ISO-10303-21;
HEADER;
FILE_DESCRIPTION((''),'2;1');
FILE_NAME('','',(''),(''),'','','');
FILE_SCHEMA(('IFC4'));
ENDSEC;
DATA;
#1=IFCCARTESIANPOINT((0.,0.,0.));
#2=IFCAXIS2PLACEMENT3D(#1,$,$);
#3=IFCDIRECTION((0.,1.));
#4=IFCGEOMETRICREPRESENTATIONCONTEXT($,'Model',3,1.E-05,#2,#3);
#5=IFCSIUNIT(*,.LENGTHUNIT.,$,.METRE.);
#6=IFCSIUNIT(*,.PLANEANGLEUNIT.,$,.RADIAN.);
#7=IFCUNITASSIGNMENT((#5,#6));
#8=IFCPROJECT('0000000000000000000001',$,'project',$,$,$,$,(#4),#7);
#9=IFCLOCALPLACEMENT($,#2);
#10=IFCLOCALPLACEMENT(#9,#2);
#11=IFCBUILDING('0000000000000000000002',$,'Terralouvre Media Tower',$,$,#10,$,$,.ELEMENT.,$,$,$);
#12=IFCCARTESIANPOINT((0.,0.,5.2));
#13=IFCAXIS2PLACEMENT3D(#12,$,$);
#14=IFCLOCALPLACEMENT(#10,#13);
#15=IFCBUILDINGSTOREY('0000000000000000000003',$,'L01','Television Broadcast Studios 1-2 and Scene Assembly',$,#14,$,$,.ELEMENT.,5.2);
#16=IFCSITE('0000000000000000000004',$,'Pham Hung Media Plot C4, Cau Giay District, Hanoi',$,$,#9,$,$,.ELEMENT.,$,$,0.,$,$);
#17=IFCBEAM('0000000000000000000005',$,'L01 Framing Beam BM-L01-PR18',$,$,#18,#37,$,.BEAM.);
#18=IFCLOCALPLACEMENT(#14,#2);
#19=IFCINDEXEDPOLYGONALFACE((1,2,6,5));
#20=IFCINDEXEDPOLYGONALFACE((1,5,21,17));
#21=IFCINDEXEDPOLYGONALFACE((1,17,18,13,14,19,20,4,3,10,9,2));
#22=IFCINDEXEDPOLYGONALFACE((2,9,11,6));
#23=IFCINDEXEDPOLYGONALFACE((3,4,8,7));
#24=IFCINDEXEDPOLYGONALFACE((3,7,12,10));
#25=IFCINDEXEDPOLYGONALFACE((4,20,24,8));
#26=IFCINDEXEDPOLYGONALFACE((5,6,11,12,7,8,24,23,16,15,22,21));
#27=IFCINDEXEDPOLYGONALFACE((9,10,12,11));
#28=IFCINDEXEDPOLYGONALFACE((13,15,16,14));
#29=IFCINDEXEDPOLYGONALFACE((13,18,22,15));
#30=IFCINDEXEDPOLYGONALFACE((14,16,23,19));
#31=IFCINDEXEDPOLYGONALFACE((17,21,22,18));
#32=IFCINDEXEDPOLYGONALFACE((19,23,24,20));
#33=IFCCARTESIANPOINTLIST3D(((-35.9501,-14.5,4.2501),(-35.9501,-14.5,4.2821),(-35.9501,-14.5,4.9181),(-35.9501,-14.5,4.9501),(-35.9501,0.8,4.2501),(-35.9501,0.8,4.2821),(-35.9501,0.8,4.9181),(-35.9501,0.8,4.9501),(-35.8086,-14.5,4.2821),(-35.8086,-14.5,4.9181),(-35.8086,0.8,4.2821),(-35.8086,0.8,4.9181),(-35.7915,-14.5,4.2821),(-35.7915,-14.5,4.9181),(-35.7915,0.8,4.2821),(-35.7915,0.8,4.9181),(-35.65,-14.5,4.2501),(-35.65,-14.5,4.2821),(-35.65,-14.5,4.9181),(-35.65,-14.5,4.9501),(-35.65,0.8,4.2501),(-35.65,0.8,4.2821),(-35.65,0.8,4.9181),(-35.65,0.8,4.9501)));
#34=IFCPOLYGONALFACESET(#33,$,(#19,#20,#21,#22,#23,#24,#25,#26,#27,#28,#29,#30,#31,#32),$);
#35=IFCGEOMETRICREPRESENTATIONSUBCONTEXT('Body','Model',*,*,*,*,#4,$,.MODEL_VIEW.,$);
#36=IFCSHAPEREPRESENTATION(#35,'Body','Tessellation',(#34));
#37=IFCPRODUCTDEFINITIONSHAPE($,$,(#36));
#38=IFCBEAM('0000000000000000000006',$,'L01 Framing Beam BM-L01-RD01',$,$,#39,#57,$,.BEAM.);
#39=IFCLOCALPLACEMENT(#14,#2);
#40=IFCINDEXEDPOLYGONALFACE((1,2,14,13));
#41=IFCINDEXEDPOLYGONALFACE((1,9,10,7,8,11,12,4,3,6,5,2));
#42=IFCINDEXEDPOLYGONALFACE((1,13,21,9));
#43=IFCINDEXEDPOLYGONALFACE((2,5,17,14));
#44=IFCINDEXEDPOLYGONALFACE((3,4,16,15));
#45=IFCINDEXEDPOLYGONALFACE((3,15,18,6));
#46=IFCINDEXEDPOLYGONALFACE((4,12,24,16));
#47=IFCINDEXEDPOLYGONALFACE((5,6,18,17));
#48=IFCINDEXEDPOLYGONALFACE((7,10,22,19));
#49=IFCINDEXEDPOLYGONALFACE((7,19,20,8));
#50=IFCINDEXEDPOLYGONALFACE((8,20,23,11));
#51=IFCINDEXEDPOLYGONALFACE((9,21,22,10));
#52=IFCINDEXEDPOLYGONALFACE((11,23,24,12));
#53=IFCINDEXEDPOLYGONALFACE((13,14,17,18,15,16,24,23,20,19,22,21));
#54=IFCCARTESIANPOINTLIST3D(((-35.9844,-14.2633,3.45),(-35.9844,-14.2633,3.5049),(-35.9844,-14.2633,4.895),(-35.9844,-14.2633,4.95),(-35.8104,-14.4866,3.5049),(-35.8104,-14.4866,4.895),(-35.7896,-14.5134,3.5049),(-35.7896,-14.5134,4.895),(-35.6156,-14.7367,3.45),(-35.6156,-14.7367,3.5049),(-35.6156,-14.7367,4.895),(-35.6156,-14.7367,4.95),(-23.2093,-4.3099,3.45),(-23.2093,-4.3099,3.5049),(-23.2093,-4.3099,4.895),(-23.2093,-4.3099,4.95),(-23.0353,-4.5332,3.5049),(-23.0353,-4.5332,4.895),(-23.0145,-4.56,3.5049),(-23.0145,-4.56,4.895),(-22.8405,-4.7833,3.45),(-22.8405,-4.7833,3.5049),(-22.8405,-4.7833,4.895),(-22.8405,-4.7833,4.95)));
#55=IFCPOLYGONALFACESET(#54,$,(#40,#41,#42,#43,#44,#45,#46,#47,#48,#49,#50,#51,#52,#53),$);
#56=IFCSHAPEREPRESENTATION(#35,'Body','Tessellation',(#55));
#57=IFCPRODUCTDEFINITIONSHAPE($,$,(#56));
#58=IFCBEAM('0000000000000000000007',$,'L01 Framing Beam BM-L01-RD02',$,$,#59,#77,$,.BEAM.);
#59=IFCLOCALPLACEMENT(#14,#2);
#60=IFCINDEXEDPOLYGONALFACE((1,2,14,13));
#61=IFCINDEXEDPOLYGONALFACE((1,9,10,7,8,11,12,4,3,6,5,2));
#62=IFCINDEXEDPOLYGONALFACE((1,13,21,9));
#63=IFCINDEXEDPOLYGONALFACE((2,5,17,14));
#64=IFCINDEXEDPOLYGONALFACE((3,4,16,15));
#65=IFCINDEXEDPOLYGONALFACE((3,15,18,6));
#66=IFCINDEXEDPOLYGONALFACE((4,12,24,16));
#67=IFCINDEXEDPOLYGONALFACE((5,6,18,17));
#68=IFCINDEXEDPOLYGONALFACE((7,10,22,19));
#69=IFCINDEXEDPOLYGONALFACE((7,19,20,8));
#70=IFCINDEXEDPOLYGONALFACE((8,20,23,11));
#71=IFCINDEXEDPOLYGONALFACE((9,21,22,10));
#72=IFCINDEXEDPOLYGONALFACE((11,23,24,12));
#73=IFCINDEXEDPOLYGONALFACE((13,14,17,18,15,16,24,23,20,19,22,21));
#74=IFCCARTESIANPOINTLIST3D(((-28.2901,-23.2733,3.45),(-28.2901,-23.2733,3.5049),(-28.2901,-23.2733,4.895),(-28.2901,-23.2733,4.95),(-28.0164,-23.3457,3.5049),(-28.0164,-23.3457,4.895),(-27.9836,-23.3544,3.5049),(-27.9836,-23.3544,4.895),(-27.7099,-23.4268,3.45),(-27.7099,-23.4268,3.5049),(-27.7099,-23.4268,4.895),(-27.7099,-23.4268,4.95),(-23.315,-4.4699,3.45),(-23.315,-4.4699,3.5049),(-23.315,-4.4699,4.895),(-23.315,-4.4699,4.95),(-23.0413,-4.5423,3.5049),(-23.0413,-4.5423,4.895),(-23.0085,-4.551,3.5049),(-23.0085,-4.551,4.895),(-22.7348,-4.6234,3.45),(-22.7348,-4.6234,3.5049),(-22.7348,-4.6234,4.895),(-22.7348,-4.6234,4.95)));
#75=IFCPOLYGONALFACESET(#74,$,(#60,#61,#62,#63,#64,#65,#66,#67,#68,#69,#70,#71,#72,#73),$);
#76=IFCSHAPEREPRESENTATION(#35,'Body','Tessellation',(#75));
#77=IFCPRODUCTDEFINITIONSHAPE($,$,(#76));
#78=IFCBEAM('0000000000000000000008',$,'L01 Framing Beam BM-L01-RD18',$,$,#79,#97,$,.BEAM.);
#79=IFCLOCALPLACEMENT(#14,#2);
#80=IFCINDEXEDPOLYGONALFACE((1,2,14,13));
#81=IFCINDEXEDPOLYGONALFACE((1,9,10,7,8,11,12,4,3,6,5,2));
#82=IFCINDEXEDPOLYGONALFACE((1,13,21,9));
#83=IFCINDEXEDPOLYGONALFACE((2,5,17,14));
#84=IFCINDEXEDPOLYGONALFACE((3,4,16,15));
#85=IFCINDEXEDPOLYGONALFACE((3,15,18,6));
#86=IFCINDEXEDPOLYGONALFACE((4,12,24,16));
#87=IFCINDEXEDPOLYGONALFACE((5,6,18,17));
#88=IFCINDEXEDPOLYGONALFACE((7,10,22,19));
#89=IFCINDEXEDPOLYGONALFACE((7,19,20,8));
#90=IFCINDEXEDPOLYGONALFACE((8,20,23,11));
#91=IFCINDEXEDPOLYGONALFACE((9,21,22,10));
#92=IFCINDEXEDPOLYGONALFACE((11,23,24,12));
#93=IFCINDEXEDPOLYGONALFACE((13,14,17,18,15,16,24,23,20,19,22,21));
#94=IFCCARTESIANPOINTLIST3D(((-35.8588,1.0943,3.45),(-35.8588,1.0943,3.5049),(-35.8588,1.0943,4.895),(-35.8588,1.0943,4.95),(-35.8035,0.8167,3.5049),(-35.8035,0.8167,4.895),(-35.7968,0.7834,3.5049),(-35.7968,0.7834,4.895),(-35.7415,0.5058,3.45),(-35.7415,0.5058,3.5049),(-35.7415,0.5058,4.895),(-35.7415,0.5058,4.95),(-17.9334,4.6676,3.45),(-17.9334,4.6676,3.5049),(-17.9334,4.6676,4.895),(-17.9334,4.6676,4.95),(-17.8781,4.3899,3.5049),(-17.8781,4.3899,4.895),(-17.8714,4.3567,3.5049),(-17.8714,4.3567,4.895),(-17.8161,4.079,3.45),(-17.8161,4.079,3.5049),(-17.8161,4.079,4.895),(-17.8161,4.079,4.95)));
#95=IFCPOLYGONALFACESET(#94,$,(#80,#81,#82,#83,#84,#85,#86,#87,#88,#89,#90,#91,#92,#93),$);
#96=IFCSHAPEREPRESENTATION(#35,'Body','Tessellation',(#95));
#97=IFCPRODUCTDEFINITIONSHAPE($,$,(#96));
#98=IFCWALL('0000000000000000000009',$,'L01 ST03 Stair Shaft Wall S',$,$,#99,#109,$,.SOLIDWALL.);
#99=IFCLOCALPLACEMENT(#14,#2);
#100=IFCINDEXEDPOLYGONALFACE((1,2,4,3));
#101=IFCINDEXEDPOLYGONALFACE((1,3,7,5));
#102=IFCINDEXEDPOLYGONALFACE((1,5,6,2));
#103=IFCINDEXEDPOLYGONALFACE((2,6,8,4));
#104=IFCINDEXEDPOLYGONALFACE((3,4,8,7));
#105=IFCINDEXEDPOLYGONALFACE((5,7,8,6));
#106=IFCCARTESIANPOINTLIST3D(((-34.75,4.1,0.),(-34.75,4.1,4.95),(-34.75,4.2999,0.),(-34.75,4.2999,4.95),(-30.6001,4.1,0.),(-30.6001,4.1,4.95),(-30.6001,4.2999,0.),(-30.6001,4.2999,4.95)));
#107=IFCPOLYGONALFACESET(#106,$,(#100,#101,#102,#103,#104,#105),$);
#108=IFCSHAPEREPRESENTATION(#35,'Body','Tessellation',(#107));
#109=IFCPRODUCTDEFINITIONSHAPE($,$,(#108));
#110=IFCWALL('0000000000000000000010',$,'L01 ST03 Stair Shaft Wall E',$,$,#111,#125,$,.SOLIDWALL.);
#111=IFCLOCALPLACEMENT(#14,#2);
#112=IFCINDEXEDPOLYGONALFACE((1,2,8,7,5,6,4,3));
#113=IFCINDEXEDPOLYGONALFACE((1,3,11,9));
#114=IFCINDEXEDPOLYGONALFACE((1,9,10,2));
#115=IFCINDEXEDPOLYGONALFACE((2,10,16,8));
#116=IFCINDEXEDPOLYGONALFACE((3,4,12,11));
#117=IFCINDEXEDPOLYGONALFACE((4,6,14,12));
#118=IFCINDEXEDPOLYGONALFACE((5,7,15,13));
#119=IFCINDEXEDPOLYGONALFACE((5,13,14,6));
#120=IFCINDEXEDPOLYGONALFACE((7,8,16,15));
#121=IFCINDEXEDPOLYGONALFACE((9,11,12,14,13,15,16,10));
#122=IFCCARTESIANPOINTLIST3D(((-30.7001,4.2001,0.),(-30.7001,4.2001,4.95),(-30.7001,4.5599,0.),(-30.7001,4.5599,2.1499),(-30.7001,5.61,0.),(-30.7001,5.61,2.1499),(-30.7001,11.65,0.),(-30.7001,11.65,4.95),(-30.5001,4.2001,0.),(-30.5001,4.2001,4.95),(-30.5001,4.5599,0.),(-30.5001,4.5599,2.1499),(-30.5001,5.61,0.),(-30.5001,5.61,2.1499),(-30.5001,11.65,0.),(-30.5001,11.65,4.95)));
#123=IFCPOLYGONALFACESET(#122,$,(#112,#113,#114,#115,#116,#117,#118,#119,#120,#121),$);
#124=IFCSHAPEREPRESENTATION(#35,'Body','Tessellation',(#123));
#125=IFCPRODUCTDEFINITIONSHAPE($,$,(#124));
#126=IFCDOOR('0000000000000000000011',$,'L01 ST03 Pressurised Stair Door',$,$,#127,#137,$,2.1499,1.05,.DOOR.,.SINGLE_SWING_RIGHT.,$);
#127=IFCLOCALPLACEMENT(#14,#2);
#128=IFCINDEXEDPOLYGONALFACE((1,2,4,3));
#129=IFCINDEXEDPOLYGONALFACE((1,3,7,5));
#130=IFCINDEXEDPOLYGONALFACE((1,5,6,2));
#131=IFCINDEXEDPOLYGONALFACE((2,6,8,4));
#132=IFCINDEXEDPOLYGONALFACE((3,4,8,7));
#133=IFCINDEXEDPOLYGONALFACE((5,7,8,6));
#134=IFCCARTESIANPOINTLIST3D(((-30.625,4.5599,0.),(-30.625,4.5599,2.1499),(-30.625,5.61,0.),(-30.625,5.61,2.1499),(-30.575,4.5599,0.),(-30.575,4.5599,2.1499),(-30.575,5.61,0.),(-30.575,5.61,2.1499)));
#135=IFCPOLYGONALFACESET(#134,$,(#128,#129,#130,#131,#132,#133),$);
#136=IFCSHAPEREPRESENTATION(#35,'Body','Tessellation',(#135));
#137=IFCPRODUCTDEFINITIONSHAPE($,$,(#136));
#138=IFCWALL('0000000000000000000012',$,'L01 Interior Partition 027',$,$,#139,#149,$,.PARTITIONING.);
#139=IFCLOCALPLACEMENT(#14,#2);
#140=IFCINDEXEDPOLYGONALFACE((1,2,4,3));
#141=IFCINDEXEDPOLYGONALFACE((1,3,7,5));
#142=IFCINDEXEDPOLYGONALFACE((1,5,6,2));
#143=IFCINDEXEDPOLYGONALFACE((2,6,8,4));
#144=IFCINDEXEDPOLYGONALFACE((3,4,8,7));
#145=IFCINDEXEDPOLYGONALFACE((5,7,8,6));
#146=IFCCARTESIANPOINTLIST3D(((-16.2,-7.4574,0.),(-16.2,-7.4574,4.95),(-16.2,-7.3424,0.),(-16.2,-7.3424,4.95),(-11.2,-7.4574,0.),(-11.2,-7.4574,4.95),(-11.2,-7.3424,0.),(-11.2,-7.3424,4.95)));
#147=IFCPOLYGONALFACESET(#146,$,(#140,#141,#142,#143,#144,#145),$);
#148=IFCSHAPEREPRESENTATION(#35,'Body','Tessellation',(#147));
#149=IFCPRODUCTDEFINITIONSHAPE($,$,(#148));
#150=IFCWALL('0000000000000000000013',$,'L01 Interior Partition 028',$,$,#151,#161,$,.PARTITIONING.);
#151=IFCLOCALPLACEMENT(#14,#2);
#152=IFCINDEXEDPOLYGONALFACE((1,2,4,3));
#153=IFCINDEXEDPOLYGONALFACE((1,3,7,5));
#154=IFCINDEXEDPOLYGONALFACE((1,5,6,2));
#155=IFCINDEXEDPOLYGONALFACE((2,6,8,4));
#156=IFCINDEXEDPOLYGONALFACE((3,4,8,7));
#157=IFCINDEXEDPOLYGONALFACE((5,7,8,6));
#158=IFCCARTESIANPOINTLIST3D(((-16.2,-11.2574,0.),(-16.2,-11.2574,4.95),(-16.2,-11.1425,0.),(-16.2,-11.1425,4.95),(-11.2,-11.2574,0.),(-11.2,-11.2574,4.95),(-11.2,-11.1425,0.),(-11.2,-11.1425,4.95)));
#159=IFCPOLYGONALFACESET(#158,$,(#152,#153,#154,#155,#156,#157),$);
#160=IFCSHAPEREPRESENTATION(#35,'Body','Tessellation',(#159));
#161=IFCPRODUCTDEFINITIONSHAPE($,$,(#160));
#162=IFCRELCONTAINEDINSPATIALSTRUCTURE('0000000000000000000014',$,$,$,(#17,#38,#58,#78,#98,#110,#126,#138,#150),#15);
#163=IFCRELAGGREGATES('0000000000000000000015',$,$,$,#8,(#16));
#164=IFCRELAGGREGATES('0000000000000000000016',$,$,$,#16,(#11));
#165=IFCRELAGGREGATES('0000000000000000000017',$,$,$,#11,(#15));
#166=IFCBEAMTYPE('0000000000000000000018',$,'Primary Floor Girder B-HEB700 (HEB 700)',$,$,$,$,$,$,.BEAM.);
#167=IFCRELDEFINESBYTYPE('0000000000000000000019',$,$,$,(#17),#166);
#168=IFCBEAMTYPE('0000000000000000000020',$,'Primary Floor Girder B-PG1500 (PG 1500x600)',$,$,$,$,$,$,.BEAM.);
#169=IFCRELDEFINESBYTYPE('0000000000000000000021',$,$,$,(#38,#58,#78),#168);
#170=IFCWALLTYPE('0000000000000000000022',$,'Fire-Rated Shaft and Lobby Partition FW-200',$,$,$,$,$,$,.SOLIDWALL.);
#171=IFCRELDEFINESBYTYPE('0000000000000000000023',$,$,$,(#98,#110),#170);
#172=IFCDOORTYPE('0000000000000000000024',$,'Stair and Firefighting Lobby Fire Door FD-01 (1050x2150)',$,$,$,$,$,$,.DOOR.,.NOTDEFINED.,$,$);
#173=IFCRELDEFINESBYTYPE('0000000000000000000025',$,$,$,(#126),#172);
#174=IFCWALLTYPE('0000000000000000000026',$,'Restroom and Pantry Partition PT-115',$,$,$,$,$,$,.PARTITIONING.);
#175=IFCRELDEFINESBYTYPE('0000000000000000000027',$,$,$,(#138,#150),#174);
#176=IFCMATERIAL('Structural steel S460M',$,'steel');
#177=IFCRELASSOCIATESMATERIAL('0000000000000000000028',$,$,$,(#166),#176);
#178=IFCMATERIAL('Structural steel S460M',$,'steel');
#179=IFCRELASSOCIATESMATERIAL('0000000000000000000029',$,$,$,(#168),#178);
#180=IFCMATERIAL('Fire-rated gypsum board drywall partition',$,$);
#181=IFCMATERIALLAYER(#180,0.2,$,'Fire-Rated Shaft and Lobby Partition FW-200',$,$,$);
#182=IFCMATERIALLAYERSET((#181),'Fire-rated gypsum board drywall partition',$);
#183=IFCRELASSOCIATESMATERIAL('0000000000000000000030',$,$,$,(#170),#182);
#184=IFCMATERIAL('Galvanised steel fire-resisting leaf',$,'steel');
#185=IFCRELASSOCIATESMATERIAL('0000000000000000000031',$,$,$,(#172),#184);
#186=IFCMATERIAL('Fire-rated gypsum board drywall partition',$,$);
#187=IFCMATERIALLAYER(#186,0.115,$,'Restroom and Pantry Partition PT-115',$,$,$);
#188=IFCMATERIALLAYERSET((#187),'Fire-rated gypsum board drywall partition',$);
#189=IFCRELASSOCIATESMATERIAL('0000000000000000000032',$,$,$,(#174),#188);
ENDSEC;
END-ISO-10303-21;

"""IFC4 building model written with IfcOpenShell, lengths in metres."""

from ifc_helpers import new_model, si_unit, direction, frame, frame_2d, origin, origin_2d, place, context, subcontext, project, spatial, rectangle, i_section, extrude, material, layer, layer_set, material_profile, profile_set, type_object, element, fill, save


model = new_model("IFC4")

# Units and contexts
model_context = context("Model", 3, precision=1e-05, world=origin(), true_north=direction((0.0, 1.0)))
body_context = subcontext(model_context, "Body", "Model", "MODEL_VIEW")
ifc_project = project(units=[si_unit("LENGTHUNIT", "METRE"), si_unit("PLANEANGLEUNIT", "RADIAN")], contexts=[model_context])

# Site, building, storey
site_placement = place(None, origin())
site = spatial("IfcSite", under=ifc_project, at=site_placement, Name="Pham Hung Media Plot C4, Cau Giay District, Hanoi", CompositionType="ELEMENT", RefElevation=0.0)
building_placement = place(site_placement, origin())
building = spatial("IfcBuilding", under=site, at=building_placement, Name="Terralouvre Media Tower", CompositionType="ELEMENT")
storey_placement = place(building_placement, frame((0.0, 0.0, 5.2)))
storey = spatial("IfcBuildingStorey", under=building, at=storey_placement, Name="L01", Description="Television Broadcast Studios 1-2 and Scene Assembly", CompositionType="ELEMENT", Elevation=5.2)

# Beams
ifc_material_1 = material(Name="Structural steel S460M", Category="steel")
ifc_material_profile_1 = material_profile(ifc_material_1, i_section(OverallWidth=0.3, OverallDepth=0.7, WebThickness=0.0171, FlangeThickness=0.032, at=origin_2d()), Name="HEB 700")
ifc_profile_set_1 = profile_set([ifc_material_profile_1], Name="Structural steel S460M")
beam_type_1 = type_object("IfcBeamType", Name="Primary Floor Girder B-HEB700 (HEB 700)", PredefinedType="BEAM", material=ifc_profile_set_1)
beam_1_placement = place(storey_placement, frame((-35.8, 0.8, 4.6001), z_axis=(0.0, -1.0, 0.0), x_axis=(1.0, 0.0, 0.0)))
element("IfcBeam", 1, at=beam_1_placement, inside=storey, type_object=beam_type_1, Name="L01 Framing Beam BM-L01-PR18", PredefinedType="BEAM", context=body_context, shape_type="SweptSolid", body=[
    extrude(i_section(OverallWidth=0.3, OverallDepth=0.7, WebThickness=0.0171, FlangeThickness=0.032, at=origin_2d()), origin(), (0.0, 0.0, 1.0), 15.3),
])
ifc_material_2 = material(Name="Structural steel S460M", Category="steel")
ifc_material_profile_2 = material_profile(ifc_material_2, i_section(OverallWidth=0.6001, OverallDepth=1.5, WebThickness=0.0339, FlangeThickness=0.0549, at=origin_2d()), Name="PG 1500x600")
ifc_profile_set_2 = profile_set([ifc_material_profile_2], Name="Structural steel S460M")
beam_type_2 = type_object("IfcBeamType", Name="Primary Floor Girder B-PG1500 (PG 1500x600)", PredefinedType="BEAM", material=ifc_profile_set_2)
beam_2_placement = place(storey_placement, frame((-23.0249, -4.5466, 4.2), z_axis=(-0.788839, -0.6146, 0.0), x_axis=(0.6146, -0.788839, 0.0)))
element("IfcBeam", 2, at=beam_2_placement, inside=storey, type_object=beam_type_2, Name="L01 Framing Beam BM-L01-RD01", PredefinedType="BEAM", context=body_context, shape_type="SweptSolid", body=[
    extrude(i_section(OverallWidth=0.6001, OverallDepth=1.5, WebThickness=0.0339, FlangeThickness=0.0549, at=origin_2d()), origin(), (0.0, 0.0, 1.0), 16.1948),
])
beam_3_placement = place(storey_placement, frame((-23.0249, -4.5466, 4.2), z_axis=(-0.255783, -0.966734, 0.0), x_axis=(0.966734, -0.255783, 0.0)))
element("IfcBeam", 3, at=beam_3_placement, inside=storey, type_object=beam_type_2, Name="L01 Framing Beam BM-L01-RD02", PredefinedType="BEAM", context=body_context, shape_type="SweptSolid", body=[
    extrude(i_section(OverallWidth=0.6001, OverallDepth=1.5, WebThickness=0.0339, FlangeThickness=0.0549, at=origin_2d()), origin(), (0.0, 0.0, 1.0), 19.4504),
])
beam_4_placement = place(storey_placement, frame((-17.8748, 4.3733, 4.2), z_axis=(-0.980705, -0.195494, 0.0), x_axis=(0.195494, -0.980705, 0.0)))
element("IfcBeam", 4, at=beam_4_placement, inside=storey, type_object=beam_type_2, Name="L01 Framing Beam BM-L01-RD18", PredefinedType="BEAM", context=body_context, shape_type="SweptSolid", body=[
    extrude(i_section(OverallWidth=0.6001, OverallDepth=1.5, WebThickness=0.0339, FlangeThickness=0.0549, at=origin_2d()), origin(), (0.0, 0.0, 1.0), 18.2781),
])

# Wall
ifc_material_3 = material(Name="Fire-rated gypsum board drywall partition")
ifc_layer_1 = layer(ifc_material_3, 0.2, Name="Fire-Rated Shaft and Lobby Partition FW-200")
ifc_layer_set_1 = layer_set([ifc_layer_1], Name="Fire-rated gypsum board drywall partition")
wall_type_1 = type_object("IfcWallType", Name="Fire-Rated Shaft and Lobby Partition FW-200", PredefinedType="SOLIDWALL", material=ifc_layer_set_1)
wall_1_placement = place(storey_placement, frame((-34.75, 4.2, 0.0), z_axis=(0.0, 0.0, 1.0), x_axis=(1.0, 0.0, 0.0)))
element("IfcWall", 5, at=wall_1_placement, inside=storey, type_object=wall_type_1, Name="L01 ST03 Stair Shaft Wall S", PredefinedType="SOLIDWALL", context=body_context, shape_type="SweptSolid", body=[
    extrude(rectangle(XDim=4.1499, YDim=0.2, at=frame_2d((2.075, 0.0))), origin(), (0.0, 0.0, 1.0), 4.95),
])

# Wall, opening, door
wall_2_placement = place(storey_placement, frame((-30.6001, 4.2, 0.0), z_axis=(0.0, 0.0, 1.0), x_axis=(0.0, 1.0, 0.0)))
wall_2 = element("IfcWall", 6, at=wall_2_placement, inside=storey, type_object=wall_type_1, Name="L01 ST03 Stair Shaft Wall E", PredefinedType="SOLIDWALL", context=body_context, shape_type="SweptSolid", body=[
    extrude(rectangle(XDim=7.45, YDim=0.2, at=frame_2d((3.7251, 0.0))), origin(), (0.0, 0.0, 1.0), 4.95),
])
opening_1_placement = place(wall_2_placement, frame((0.3601, 0.0, 0.0)))
opening_1 = element("IfcOpeningElement", 7, at=opening_1_placement, cuts=wall_2, PredefinedType="OPENING", context=body_context, shape_type="SweptSolid", body=[
    extrude(rectangle(XDim=1.05, YDim=2.1499, at=frame_2d((0.5249, 1.075))), frame((0.0, 0.1099, 0.0), z_axis=(0.0, -1.0, 0.0), x_axis=(1.0, 0.0, 0.0)), (0.0, 0.0, 1.0), 0.22),
])
ifc_material_4 = material(Name="Galvanised steel fire-resisting leaf", Category="steel")
door_type_1 = type_object("IfcDoorType", Name="Stair and Firefighting Lobby Fire Door FD-01 (1050x2150)", OperationType="NOTDEFINED", PredefinedType="DOOR", material=ifc_material_4)
door_1_placement = place(opening_1_placement, origin())
door_1 = element("IfcDoor", 8, at=door_1_placement, inside=storey, type_object=door_type_1, Name="L01 ST03 Pressurised Stair Door", OperationType="SINGLE_SWING_RIGHT", OverallHeight=2.1499, OverallWidth=1.05, PredefinedType="DOOR", context=body_context, shape_type="SweptSolid", body=[
    extrude(rectangle(XDim=1.05, YDim=2.1499, at=frame_2d((0.5249, 1.075))), frame((0.0, 0.0249, 0.0), z_axis=(0.0, -1.0, 0.0), x_axis=(1.0, 0.0, 0.0)), (0.0, 0.0, 1.0), 0.05),
])
fill(opening_1, door_1)

# Walls
ifc_material_5 = material(Name="Fire-rated gypsum board drywall partition")
ifc_layer_2 = layer(ifc_material_5, 0.115, Name="Restroom and Pantry Partition PT-115")
ifc_layer_set_2 = layer_set([ifc_layer_2], Name="Fire-rated gypsum board drywall partition")
wall_type_2 = type_object("IfcWallType", Name="Restroom and Pantry Partition PT-115", PredefinedType="PARTITIONING", material=ifc_layer_set_2)
for number, where, z_axis, x_axis, name in (
    (9, (-16.2, -7.3999, 0.0), (0.0, 0.0, 1.0), (1.0, 0.0, 0.0), "L01 Interior Partition 027"),
    (10, (-16.2, -11.2, 0.0), (0.0, 0.0, 1.0), (1.0, 0.0, 0.0), "L01 Interior Partition 028"),
):
    element("IfcWall", number, at=place(storey_placement, frame(where, z_axis=z_axis, x_axis=x_axis)), inside=storey, type_object=wall_type_2, Name=name, PredefinedType="PARTITIONING", context=body_context, shape_type="SweptSolid", body=[
        extrude(rectangle(XDim=5.0, YDim=0.115, at=frame_2d((2.5, 0.0))), origin(), (0.0, 0.0, 1.0), 4.95),
    ])

save(model, "model.ifc")
